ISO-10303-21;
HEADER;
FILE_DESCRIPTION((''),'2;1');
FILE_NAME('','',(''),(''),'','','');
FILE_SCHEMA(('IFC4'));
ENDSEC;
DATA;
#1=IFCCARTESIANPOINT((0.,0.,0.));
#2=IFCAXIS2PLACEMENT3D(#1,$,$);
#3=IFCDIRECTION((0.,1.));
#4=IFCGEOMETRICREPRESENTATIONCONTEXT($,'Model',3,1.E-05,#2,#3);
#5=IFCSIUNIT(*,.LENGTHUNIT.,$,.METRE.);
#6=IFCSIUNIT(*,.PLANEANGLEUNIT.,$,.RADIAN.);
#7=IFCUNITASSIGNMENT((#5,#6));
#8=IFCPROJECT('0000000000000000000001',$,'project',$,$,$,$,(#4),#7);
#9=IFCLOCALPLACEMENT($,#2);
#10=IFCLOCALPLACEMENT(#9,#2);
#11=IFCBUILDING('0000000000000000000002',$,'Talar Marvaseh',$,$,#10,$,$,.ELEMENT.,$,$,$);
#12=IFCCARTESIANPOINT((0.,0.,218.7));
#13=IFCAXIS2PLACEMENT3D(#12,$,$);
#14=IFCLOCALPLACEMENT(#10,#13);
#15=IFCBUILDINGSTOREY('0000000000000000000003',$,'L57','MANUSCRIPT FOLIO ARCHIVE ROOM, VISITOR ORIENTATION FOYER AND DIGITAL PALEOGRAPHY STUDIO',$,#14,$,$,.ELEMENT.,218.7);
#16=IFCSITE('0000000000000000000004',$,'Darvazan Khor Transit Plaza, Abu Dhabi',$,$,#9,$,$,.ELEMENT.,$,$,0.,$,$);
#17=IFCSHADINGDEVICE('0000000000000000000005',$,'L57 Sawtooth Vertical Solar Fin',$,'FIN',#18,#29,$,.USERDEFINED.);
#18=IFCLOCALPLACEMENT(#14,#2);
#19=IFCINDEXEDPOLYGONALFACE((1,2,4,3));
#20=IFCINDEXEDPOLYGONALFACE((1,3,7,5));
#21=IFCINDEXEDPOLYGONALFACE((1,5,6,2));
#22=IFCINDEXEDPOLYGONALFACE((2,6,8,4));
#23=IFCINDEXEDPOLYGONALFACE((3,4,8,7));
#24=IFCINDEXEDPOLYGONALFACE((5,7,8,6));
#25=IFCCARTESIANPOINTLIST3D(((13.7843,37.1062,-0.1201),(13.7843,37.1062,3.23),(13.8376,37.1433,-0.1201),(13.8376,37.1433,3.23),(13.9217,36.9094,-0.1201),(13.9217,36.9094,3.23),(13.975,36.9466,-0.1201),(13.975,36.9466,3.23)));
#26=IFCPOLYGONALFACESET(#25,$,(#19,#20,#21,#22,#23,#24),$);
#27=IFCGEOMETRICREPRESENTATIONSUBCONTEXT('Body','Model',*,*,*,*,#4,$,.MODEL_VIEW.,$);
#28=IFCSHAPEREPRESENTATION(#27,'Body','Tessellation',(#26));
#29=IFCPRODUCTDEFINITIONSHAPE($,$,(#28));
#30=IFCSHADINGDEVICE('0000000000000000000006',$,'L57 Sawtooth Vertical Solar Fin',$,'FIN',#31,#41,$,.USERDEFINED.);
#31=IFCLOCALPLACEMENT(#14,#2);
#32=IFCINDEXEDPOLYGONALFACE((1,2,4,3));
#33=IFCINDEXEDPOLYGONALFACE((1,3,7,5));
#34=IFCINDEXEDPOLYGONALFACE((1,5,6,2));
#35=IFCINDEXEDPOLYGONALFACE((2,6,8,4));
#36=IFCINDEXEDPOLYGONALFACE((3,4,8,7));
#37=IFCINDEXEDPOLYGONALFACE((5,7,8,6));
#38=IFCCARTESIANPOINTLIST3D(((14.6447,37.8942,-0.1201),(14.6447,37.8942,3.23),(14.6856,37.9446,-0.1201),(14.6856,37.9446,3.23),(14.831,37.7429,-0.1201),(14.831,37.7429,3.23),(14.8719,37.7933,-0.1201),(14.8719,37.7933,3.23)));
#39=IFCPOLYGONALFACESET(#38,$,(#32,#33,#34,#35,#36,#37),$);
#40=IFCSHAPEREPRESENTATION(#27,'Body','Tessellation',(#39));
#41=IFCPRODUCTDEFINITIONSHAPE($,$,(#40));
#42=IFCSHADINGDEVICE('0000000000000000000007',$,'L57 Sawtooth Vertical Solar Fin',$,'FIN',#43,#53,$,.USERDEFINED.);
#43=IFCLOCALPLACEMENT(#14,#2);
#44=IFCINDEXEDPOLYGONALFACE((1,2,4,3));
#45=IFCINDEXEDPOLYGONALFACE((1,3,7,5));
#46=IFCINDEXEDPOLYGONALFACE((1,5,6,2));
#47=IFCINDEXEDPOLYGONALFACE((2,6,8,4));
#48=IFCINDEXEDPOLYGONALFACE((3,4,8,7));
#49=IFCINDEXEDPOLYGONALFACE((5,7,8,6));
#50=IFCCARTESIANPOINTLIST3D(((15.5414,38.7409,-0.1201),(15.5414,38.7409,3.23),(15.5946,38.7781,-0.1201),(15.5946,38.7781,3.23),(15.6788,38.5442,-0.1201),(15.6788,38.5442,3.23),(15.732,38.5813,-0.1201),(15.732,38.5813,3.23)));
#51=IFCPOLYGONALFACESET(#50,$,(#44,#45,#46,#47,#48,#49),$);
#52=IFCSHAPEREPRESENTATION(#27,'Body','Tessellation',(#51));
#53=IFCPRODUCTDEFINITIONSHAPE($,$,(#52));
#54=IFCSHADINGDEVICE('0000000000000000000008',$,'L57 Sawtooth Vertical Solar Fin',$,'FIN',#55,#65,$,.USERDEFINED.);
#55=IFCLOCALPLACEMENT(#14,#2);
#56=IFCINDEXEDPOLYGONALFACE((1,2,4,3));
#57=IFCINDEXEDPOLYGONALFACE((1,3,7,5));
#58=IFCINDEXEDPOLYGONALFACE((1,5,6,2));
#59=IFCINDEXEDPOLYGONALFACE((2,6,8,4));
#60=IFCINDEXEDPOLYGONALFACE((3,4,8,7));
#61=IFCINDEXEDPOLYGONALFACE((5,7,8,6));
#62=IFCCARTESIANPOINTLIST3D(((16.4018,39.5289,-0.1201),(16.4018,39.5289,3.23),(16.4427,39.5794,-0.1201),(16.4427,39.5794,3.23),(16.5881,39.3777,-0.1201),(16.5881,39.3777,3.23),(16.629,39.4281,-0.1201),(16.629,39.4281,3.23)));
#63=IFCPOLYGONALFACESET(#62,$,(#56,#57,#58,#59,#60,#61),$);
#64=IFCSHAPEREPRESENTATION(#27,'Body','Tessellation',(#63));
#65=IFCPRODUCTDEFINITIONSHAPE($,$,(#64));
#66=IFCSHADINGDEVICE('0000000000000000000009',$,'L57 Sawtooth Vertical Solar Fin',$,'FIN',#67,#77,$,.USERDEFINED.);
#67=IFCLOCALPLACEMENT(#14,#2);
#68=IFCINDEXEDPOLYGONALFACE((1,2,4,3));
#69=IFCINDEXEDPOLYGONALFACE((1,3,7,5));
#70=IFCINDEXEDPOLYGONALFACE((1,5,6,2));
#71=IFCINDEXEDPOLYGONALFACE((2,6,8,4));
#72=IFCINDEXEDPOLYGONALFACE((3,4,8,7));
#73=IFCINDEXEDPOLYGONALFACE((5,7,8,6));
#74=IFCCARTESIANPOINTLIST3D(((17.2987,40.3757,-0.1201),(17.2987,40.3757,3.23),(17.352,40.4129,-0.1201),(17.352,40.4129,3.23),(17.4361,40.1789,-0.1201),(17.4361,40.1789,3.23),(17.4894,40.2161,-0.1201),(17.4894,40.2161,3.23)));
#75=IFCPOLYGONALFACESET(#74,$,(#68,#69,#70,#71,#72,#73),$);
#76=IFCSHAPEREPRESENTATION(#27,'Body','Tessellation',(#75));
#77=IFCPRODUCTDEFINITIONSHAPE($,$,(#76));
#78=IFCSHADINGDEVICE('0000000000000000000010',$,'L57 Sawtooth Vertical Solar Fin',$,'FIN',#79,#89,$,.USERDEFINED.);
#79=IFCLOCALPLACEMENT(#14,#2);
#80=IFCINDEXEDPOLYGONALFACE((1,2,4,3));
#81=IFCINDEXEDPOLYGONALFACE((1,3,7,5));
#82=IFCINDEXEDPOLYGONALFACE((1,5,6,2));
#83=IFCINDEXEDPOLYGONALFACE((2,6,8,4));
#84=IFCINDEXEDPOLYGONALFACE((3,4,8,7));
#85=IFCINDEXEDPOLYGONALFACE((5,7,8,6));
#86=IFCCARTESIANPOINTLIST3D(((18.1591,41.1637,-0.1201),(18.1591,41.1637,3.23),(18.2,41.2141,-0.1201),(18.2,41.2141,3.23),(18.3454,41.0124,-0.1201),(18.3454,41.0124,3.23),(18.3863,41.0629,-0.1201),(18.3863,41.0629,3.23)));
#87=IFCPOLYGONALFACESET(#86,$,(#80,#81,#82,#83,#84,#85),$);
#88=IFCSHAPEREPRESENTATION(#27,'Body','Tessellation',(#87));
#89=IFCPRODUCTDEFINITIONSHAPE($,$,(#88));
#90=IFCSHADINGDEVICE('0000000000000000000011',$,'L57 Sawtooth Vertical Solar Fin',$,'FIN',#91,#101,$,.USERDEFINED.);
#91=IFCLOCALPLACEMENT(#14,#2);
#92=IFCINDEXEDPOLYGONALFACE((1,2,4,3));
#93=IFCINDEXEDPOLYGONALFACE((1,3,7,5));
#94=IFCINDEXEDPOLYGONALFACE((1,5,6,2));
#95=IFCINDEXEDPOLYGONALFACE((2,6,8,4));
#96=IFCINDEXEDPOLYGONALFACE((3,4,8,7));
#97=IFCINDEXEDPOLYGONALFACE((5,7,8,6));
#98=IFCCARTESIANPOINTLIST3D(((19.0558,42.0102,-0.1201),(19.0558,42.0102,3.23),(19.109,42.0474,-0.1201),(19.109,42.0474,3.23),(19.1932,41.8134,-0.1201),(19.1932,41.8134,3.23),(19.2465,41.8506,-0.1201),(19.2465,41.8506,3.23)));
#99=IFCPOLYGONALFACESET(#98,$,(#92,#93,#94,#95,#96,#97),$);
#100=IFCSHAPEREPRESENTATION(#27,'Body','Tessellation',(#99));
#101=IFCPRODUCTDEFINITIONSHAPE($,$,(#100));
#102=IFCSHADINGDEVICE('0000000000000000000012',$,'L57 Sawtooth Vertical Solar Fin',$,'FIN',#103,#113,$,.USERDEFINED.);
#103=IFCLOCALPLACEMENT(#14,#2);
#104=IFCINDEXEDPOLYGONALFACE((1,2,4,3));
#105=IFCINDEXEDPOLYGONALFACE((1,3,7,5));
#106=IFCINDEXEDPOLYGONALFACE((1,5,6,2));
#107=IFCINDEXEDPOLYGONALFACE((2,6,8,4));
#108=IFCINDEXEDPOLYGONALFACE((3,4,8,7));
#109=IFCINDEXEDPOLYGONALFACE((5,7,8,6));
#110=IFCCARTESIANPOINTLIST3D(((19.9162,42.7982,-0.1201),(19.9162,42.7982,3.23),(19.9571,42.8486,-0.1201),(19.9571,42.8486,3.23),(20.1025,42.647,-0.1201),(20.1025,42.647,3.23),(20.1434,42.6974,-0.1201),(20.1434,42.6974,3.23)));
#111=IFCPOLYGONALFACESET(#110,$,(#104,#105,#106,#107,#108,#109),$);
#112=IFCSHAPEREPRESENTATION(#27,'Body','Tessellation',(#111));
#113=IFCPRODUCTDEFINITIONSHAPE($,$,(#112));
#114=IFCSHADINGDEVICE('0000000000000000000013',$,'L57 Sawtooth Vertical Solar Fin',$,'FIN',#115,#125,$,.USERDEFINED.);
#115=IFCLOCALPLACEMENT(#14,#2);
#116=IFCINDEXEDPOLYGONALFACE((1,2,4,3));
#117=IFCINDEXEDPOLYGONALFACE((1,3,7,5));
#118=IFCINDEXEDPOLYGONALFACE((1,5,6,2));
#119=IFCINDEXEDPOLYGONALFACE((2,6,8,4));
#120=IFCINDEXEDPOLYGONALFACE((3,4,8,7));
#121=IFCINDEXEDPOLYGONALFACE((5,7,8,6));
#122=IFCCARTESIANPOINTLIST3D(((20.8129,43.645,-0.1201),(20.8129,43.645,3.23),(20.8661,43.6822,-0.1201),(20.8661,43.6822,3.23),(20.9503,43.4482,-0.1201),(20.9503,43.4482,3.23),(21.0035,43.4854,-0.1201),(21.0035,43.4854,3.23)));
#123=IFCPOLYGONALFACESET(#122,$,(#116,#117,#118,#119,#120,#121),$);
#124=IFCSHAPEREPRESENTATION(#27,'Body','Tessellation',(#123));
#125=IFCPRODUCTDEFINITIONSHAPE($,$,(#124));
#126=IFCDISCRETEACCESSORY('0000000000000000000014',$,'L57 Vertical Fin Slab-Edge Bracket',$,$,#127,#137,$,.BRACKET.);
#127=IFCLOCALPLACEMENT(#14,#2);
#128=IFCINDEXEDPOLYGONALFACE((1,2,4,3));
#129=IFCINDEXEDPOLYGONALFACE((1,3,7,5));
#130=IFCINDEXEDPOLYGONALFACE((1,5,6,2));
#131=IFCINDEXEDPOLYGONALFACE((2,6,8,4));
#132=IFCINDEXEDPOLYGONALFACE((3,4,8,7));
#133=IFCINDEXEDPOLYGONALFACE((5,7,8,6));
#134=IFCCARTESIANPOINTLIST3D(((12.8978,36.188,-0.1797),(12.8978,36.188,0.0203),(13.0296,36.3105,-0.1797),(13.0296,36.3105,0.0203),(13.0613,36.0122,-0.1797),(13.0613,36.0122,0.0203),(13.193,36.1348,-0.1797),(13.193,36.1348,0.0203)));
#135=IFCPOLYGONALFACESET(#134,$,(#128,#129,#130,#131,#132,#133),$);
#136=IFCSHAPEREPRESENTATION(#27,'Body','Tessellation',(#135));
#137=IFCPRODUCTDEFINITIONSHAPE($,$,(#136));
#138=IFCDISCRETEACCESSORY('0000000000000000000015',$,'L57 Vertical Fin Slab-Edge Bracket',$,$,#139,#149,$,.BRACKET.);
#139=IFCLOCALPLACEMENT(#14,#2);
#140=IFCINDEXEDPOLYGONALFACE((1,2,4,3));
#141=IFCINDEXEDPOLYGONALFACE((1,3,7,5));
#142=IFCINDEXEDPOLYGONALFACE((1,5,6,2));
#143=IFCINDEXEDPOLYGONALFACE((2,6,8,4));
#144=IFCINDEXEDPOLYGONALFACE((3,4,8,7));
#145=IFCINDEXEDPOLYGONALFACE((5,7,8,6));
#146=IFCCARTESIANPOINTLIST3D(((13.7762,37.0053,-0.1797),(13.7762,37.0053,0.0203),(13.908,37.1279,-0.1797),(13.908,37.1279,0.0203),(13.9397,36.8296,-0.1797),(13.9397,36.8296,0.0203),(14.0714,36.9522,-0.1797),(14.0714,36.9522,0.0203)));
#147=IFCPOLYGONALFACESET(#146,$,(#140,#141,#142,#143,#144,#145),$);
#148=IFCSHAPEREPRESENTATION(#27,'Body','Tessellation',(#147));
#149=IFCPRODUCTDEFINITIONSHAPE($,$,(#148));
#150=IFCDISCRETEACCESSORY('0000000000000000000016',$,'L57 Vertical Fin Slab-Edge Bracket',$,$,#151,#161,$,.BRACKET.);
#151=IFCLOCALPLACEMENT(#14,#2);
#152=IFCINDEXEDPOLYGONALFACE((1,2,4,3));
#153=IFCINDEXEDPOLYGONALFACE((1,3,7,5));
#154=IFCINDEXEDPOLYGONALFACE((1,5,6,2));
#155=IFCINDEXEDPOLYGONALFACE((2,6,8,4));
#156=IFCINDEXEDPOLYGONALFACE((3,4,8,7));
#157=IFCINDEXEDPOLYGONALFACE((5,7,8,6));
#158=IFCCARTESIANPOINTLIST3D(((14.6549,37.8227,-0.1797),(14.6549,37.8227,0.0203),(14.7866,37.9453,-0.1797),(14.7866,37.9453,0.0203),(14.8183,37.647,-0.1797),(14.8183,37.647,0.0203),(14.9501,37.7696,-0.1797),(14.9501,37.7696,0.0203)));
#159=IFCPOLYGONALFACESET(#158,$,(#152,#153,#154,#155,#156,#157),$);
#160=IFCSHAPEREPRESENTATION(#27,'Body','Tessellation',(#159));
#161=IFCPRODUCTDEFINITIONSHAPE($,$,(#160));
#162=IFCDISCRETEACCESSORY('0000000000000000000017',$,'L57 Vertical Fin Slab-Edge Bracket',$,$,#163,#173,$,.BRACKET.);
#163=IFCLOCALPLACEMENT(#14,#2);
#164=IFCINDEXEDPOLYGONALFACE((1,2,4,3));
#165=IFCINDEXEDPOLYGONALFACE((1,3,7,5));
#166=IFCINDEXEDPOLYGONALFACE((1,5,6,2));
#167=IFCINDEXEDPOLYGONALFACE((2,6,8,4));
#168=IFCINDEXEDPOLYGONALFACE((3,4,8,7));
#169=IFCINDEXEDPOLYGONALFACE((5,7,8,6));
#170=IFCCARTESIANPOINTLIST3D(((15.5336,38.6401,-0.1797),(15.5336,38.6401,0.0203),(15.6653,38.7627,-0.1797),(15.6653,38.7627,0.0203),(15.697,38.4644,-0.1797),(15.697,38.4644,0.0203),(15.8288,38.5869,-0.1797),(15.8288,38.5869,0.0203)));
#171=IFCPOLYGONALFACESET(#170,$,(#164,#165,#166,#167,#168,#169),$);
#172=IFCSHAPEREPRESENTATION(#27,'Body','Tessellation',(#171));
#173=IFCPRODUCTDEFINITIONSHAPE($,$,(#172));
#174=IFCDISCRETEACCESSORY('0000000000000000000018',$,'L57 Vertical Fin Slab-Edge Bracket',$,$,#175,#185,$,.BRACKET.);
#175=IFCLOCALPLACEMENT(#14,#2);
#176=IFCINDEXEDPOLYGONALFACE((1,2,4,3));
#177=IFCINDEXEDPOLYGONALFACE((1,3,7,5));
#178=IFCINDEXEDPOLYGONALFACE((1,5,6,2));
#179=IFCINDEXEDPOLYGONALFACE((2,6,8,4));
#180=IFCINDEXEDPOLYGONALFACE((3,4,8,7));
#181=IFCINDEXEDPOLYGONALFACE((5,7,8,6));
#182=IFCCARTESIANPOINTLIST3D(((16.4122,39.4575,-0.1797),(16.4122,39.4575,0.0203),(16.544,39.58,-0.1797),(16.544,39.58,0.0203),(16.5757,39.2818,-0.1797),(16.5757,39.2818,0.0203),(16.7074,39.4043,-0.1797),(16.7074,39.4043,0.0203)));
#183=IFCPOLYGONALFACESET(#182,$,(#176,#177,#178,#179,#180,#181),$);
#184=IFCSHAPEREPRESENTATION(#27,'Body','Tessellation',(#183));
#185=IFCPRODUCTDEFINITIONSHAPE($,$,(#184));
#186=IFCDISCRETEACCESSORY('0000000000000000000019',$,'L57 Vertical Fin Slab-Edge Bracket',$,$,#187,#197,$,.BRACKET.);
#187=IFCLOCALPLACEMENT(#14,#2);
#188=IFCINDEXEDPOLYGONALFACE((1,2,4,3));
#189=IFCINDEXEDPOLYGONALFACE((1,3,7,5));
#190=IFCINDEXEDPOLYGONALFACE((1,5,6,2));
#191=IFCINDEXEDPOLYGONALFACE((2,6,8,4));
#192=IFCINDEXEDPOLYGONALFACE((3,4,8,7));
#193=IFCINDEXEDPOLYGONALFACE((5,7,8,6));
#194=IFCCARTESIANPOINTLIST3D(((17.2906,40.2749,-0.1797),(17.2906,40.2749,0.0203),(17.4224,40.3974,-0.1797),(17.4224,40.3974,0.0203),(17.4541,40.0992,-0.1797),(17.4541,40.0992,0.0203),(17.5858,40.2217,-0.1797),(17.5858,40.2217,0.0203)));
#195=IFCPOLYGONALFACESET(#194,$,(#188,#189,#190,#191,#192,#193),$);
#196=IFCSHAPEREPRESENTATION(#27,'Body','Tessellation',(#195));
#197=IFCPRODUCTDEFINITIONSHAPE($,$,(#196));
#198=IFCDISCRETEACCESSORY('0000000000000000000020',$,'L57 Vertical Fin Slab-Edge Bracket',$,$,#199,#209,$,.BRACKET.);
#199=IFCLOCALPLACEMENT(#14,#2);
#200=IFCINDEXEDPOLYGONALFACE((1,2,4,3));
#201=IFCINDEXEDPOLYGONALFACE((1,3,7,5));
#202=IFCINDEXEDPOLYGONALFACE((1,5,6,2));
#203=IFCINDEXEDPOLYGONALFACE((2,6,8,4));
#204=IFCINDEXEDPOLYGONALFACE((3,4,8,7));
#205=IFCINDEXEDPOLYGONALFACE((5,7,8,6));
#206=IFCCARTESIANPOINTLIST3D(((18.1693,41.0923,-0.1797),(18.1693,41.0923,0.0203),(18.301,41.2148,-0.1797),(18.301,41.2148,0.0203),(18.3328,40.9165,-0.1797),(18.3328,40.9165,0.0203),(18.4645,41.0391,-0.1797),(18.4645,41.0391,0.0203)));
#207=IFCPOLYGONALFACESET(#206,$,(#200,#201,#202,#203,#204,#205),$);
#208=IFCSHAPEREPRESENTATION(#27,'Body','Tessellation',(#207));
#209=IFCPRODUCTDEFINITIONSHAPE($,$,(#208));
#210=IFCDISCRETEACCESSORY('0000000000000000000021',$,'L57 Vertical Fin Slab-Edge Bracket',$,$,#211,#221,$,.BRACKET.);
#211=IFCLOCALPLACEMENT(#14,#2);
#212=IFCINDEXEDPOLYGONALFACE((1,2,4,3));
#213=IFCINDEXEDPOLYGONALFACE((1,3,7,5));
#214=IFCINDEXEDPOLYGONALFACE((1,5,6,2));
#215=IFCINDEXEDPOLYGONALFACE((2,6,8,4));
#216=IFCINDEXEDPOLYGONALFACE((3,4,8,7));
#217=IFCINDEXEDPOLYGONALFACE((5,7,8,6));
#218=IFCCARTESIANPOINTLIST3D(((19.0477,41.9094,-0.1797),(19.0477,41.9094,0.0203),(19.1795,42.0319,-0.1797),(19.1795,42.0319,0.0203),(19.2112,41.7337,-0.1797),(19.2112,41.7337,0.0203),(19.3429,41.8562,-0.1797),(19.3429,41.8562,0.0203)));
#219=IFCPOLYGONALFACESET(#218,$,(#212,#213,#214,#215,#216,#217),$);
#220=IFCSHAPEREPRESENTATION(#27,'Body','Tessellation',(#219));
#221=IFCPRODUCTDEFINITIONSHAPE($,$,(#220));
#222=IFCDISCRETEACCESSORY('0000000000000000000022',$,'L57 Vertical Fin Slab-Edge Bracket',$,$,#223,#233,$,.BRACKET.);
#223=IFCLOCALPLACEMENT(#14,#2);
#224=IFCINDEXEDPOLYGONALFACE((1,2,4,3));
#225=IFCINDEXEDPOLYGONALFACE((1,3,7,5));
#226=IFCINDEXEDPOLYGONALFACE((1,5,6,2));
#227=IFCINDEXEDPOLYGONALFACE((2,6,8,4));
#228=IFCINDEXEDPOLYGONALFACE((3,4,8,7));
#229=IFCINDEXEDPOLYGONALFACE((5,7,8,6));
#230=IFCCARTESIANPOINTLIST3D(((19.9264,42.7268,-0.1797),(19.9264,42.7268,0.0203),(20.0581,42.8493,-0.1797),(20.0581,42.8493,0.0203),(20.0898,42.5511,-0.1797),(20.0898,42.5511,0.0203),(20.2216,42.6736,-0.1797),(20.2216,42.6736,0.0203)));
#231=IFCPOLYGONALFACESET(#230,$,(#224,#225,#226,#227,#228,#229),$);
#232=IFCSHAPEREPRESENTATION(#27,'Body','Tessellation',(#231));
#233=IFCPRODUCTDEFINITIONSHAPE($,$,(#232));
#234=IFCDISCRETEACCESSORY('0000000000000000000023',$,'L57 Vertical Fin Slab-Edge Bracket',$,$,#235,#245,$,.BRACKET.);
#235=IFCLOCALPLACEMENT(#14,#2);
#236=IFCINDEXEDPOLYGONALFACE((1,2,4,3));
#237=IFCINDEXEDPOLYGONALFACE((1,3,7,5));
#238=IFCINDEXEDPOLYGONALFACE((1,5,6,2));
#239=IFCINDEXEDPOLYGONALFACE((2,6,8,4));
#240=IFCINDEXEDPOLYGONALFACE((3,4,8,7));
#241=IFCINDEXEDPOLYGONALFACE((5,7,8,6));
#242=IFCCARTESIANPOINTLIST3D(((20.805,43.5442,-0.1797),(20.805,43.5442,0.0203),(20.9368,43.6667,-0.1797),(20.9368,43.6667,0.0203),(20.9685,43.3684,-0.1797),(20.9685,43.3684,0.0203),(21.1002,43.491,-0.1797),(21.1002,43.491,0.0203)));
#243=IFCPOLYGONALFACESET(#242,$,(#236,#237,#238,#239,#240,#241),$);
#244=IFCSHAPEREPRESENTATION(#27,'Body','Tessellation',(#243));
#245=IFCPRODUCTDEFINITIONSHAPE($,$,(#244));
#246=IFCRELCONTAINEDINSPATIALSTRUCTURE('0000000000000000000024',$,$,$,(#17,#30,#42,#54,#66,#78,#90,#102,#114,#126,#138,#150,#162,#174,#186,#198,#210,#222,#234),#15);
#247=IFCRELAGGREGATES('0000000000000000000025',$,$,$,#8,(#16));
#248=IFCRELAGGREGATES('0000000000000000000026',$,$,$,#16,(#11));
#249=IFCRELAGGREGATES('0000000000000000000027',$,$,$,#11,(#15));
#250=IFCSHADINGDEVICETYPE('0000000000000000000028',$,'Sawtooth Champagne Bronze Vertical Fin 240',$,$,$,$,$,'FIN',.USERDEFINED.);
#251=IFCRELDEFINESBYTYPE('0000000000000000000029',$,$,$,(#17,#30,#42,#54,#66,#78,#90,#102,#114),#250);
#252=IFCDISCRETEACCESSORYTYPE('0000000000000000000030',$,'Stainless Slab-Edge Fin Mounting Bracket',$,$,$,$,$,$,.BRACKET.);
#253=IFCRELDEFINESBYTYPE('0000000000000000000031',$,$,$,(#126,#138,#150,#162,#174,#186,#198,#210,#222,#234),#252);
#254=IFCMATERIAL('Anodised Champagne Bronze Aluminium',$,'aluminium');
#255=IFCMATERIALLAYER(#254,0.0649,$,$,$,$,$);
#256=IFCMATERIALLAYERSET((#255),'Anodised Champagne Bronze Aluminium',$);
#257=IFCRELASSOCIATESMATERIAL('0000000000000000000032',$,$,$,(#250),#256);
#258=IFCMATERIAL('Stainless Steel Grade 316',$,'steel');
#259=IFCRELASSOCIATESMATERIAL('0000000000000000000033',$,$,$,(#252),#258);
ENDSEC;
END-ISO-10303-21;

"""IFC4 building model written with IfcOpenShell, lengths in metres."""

from ifc_helpers import new_model, si_unit, direction, frame, origin, origin_2d, place, context, subcontext, project, spatial, rectangle, extrude, source, transform, mapped, material, layer, layer_set, type_object, type_shapes, element, save


model = new_model("IFC4")

# Units and contexts
model_context = context("Model", 3, precision=1e-05, world=origin(), true_north=direction((0.0, 1.0)))
body_context = subcontext(model_context, "Body", "Model", "MODEL_VIEW")
ifc_project = project(units=[si_unit("LENGTHUNIT", "METRE"), si_unit("PLANEANGLEUNIT", "RADIAN")], contexts=[model_context])

# Site, building, storey
site_placement = place(None, origin())
site = spatial("IfcSite", under=ifc_project, at=site_placement, Name="Darvazan Khor Transit Plaza, Abu Dhabi", CompositionType="ELEMENT", RefElevation=0.0)
building_placement = place(site_placement, origin())
building = spatial("IfcBuilding", under=site, at=building_placement, Name="Talar Marvaseh", CompositionType="ELEMENT")
storey_placement = place(building_placement, frame((0.0, 0.0, 218.7)))
storey = spatial("IfcBuildingStorey", under=building, at=storey_placement, Name="L57", Description="MANUSCRIPT FOLIO ARCHIVE ROOM, VISITOR ORIENTATION FOYER AND DIGITAL PALEOGRAPHY STUDIO", CompositionType="ELEMENT", Elevation=218.7)

# Shading devices
ifc_material_1 = material(Name="Anodised Champagne Bronze Aluminium", Category="aluminium")
ifc_layer_1 = layer(ifc_material_1, 0.0649)
ifc_layer_set_1 = layer_set([ifc_layer_1], Name="Anodised Champagne Bronze Aluminium")
shading_device_type = type_object("IfcShadingDeviceType", Name="Sawtooth Champagne Bronze Vertical Fin 240", ElementType="FIN", PredefinedType="USERDEFINED", material=ifc_layer_set_1)
shared_shape_1 = source(origin(), body_context, "Body", "SweptSolid", [
    extrude(rectangle(XDim=0.24, YDim=0.0649, at=origin_2d()), origin(), (0.0, 0.0, 1.0), 3.3501),
])
type_shapes(shading_device_type, [shared_shape_1])
for number, where, z_axis, x_axis, name in (
    (1, (13.8796, 37.0264, -0.1201), (0.0, 0.0, 1.0), (-0.572575, 0.819852, 0.0), "L57 Sawtooth Vertical Solar Fin"),
    (2, (14.7583, 37.8438, -0.1201), (0.0, 0.0, 1.0), (-0.776377, 0.630269, 0.0), "L57 Sawtooth Vertical Solar Fin"),
    (3, (15.6367, 38.6611, -0.1201), (0.0, 0.0, 1.0), (-0.572575, 0.819852, 0.0), "L57 Sawtooth Vertical Solar Fin"),
    (4, (16.5154, 39.4785, -0.1201), (0.0, 0.0, 1.0), (-0.776377, 0.630269, 0.0), "L57 Sawtooth Vertical Solar Fin"),
    (5, (17.394, 40.2959, -0.1201), (0.0, 0.0, 1.0), (-0.572575, 0.819852, 0.0), "L57 Sawtooth Vertical Solar Fin"),
    (6, (18.2727, 41.1133, -0.1201), (0.0, 0.0, 1.0), (-0.776377, 0.630269, 0.0), "L57 Sawtooth Vertical Solar Fin"),
    (7, (19.1511, 41.9304, -0.1201), (0.0, 0.0, 1.0), (-0.572575, 0.819852, 0.0), "L57 Sawtooth Vertical Solar Fin"),
    (8, (20.0298, 42.7478, -0.1201), (0.0, 0.0, 1.0), (-0.776377, 0.630269, 0.0), "L57 Sawtooth Vertical Solar Fin"),
    (9, (20.9082, 43.5652, -0.1201), (0.0, 0.0, 1.0), (-0.572575, 0.819852, 0.0), "L57 Sawtooth Vertical Solar Fin"),
):
    element("IfcShadingDevice", number, at=place(storey_placement, frame(where, z_axis=z_axis, x_axis=x_axis)), inside=storey, type_object=shading_device_type, Name=name, ObjectType="FIN", PredefinedType="USERDEFINED", context=body_context, shape_type="MappedRepresentation", body=[
        mapped(shared_shape_1, transform((0.0, 0.0, 0.0), x_axis=(1.0, 0.0, 0.0), y_axis=(0.0, 1.0, 0.0), z_axis=(0.0, 0.0, 1.0), scale=1.0)),
    ])

# Discrete accessories
ifc_material_2 = material(Name="Stainless Steel Grade 316", Category="steel")
discrete_accessory_type = type_object("IfcDiscreteAccessoryType", Name="Stainless Slab-Edge Fin Mounting Bracket", PredefinedType="BRACKET", material=ifc_material_2)
shared_shape_2 = source(origin(), body_context, "Body", "SweptSolid", [
    extrude(rectangle(XDim=0.24, YDim=0.1799, at=origin_2d()), origin(), (0.0, 0.0, 1.0), 0.2),
])
type_shapes(discrete_accessory_type, [shared_shape_2])
for number, where, z_axis, x_axis, name in (
    (10, (13.0454, 36.1614, -0.1797), (0.0, 0.0, 1.0), (-0.681104, 0.732186, 0.0), "L57 Vertical Fin Slab-Edge Bracket"),
    (11, (13.9238, 36.9788, -0.1797), (0.0, 0.0, 1.0), (-0.681104, 0.732186, 0.0), "L57 Vertical Fin Slab-Edge Bracket"),
    (12, (14.8025, 37.7961, -0.1797), (0.0, 0.0, 1.0), (-0.681104, 0.732186, 0.0), "L57 Vertical Fin Slab-Edge Bracket"),
    (13, (15.6812, 38.6135, -0.1797), (0.0, 0.0, 1.0), (-0.681104, 0.732186, 0.0), "L57 Vertical Fin Slab-Edge Bracket"),
    (14, (16.5598, 39.4309, -0.1797), (0.0, 0.0, 1.0), (-0.681104, 0.732186, 0.0), "L57 Vertical Fin Slab-Edge Bracket"),
    (15, (17.4382, 40.2483, -0.1797), (0.0, 0.0, 1.0), (-0.681104, 0.732186, 0.0), "L57 Vertical Fin Slab-Edge Bracket"),
    (16, (18.3169, 41.0657, -0.1797), (0.0, 0.0, 1.0), (-0.681104, 0.732186, 0.0), "L57 Vertical Fin Slab-Edge Bracket"),
    (17, (19.1953, 41.8828, -0.1797), (0.0, 0.0, 1.0), (-0.681104, 0.732186, 0.0), "L57 Vertical Fin Slab-Edge Bracket"),
    (18, (20.074, 42.7002, -0.1797), (0.0, 0.0, 1.0), (-0.681104, 0.732186, 0.0), "L57 Vertical Fin Slab-Edge Bracket"),
    (19, (20.9526, 43.5176, -0.1797), (0.0, 0.0, 1.0), (-0.681104, 0.732186, 0.0), "L57 Vertical Fin Slab-Edge Bracket"),
):
    element("IfcDiscreteAccessory", number, at=place(storey_placement, frame(where, z_axis=z_axis, x_axis=x_axis)), inside=storey, type_object=discrete_accessory_type, Name=name, PredefinedType="BRACKET", context=body_context, shape_type="MappedRepresentation", body=[
        mapped(shared_shape_2, transform((0.0, 0.0, 0.0), x_axis=(1.0, 0.0, 0.0), y_axis=(0.0, 1.0, 0.0), z_axis=(0.0, 0.0, 1.0), scale=1.0)),
    ])

save(model, "model.ifc")
